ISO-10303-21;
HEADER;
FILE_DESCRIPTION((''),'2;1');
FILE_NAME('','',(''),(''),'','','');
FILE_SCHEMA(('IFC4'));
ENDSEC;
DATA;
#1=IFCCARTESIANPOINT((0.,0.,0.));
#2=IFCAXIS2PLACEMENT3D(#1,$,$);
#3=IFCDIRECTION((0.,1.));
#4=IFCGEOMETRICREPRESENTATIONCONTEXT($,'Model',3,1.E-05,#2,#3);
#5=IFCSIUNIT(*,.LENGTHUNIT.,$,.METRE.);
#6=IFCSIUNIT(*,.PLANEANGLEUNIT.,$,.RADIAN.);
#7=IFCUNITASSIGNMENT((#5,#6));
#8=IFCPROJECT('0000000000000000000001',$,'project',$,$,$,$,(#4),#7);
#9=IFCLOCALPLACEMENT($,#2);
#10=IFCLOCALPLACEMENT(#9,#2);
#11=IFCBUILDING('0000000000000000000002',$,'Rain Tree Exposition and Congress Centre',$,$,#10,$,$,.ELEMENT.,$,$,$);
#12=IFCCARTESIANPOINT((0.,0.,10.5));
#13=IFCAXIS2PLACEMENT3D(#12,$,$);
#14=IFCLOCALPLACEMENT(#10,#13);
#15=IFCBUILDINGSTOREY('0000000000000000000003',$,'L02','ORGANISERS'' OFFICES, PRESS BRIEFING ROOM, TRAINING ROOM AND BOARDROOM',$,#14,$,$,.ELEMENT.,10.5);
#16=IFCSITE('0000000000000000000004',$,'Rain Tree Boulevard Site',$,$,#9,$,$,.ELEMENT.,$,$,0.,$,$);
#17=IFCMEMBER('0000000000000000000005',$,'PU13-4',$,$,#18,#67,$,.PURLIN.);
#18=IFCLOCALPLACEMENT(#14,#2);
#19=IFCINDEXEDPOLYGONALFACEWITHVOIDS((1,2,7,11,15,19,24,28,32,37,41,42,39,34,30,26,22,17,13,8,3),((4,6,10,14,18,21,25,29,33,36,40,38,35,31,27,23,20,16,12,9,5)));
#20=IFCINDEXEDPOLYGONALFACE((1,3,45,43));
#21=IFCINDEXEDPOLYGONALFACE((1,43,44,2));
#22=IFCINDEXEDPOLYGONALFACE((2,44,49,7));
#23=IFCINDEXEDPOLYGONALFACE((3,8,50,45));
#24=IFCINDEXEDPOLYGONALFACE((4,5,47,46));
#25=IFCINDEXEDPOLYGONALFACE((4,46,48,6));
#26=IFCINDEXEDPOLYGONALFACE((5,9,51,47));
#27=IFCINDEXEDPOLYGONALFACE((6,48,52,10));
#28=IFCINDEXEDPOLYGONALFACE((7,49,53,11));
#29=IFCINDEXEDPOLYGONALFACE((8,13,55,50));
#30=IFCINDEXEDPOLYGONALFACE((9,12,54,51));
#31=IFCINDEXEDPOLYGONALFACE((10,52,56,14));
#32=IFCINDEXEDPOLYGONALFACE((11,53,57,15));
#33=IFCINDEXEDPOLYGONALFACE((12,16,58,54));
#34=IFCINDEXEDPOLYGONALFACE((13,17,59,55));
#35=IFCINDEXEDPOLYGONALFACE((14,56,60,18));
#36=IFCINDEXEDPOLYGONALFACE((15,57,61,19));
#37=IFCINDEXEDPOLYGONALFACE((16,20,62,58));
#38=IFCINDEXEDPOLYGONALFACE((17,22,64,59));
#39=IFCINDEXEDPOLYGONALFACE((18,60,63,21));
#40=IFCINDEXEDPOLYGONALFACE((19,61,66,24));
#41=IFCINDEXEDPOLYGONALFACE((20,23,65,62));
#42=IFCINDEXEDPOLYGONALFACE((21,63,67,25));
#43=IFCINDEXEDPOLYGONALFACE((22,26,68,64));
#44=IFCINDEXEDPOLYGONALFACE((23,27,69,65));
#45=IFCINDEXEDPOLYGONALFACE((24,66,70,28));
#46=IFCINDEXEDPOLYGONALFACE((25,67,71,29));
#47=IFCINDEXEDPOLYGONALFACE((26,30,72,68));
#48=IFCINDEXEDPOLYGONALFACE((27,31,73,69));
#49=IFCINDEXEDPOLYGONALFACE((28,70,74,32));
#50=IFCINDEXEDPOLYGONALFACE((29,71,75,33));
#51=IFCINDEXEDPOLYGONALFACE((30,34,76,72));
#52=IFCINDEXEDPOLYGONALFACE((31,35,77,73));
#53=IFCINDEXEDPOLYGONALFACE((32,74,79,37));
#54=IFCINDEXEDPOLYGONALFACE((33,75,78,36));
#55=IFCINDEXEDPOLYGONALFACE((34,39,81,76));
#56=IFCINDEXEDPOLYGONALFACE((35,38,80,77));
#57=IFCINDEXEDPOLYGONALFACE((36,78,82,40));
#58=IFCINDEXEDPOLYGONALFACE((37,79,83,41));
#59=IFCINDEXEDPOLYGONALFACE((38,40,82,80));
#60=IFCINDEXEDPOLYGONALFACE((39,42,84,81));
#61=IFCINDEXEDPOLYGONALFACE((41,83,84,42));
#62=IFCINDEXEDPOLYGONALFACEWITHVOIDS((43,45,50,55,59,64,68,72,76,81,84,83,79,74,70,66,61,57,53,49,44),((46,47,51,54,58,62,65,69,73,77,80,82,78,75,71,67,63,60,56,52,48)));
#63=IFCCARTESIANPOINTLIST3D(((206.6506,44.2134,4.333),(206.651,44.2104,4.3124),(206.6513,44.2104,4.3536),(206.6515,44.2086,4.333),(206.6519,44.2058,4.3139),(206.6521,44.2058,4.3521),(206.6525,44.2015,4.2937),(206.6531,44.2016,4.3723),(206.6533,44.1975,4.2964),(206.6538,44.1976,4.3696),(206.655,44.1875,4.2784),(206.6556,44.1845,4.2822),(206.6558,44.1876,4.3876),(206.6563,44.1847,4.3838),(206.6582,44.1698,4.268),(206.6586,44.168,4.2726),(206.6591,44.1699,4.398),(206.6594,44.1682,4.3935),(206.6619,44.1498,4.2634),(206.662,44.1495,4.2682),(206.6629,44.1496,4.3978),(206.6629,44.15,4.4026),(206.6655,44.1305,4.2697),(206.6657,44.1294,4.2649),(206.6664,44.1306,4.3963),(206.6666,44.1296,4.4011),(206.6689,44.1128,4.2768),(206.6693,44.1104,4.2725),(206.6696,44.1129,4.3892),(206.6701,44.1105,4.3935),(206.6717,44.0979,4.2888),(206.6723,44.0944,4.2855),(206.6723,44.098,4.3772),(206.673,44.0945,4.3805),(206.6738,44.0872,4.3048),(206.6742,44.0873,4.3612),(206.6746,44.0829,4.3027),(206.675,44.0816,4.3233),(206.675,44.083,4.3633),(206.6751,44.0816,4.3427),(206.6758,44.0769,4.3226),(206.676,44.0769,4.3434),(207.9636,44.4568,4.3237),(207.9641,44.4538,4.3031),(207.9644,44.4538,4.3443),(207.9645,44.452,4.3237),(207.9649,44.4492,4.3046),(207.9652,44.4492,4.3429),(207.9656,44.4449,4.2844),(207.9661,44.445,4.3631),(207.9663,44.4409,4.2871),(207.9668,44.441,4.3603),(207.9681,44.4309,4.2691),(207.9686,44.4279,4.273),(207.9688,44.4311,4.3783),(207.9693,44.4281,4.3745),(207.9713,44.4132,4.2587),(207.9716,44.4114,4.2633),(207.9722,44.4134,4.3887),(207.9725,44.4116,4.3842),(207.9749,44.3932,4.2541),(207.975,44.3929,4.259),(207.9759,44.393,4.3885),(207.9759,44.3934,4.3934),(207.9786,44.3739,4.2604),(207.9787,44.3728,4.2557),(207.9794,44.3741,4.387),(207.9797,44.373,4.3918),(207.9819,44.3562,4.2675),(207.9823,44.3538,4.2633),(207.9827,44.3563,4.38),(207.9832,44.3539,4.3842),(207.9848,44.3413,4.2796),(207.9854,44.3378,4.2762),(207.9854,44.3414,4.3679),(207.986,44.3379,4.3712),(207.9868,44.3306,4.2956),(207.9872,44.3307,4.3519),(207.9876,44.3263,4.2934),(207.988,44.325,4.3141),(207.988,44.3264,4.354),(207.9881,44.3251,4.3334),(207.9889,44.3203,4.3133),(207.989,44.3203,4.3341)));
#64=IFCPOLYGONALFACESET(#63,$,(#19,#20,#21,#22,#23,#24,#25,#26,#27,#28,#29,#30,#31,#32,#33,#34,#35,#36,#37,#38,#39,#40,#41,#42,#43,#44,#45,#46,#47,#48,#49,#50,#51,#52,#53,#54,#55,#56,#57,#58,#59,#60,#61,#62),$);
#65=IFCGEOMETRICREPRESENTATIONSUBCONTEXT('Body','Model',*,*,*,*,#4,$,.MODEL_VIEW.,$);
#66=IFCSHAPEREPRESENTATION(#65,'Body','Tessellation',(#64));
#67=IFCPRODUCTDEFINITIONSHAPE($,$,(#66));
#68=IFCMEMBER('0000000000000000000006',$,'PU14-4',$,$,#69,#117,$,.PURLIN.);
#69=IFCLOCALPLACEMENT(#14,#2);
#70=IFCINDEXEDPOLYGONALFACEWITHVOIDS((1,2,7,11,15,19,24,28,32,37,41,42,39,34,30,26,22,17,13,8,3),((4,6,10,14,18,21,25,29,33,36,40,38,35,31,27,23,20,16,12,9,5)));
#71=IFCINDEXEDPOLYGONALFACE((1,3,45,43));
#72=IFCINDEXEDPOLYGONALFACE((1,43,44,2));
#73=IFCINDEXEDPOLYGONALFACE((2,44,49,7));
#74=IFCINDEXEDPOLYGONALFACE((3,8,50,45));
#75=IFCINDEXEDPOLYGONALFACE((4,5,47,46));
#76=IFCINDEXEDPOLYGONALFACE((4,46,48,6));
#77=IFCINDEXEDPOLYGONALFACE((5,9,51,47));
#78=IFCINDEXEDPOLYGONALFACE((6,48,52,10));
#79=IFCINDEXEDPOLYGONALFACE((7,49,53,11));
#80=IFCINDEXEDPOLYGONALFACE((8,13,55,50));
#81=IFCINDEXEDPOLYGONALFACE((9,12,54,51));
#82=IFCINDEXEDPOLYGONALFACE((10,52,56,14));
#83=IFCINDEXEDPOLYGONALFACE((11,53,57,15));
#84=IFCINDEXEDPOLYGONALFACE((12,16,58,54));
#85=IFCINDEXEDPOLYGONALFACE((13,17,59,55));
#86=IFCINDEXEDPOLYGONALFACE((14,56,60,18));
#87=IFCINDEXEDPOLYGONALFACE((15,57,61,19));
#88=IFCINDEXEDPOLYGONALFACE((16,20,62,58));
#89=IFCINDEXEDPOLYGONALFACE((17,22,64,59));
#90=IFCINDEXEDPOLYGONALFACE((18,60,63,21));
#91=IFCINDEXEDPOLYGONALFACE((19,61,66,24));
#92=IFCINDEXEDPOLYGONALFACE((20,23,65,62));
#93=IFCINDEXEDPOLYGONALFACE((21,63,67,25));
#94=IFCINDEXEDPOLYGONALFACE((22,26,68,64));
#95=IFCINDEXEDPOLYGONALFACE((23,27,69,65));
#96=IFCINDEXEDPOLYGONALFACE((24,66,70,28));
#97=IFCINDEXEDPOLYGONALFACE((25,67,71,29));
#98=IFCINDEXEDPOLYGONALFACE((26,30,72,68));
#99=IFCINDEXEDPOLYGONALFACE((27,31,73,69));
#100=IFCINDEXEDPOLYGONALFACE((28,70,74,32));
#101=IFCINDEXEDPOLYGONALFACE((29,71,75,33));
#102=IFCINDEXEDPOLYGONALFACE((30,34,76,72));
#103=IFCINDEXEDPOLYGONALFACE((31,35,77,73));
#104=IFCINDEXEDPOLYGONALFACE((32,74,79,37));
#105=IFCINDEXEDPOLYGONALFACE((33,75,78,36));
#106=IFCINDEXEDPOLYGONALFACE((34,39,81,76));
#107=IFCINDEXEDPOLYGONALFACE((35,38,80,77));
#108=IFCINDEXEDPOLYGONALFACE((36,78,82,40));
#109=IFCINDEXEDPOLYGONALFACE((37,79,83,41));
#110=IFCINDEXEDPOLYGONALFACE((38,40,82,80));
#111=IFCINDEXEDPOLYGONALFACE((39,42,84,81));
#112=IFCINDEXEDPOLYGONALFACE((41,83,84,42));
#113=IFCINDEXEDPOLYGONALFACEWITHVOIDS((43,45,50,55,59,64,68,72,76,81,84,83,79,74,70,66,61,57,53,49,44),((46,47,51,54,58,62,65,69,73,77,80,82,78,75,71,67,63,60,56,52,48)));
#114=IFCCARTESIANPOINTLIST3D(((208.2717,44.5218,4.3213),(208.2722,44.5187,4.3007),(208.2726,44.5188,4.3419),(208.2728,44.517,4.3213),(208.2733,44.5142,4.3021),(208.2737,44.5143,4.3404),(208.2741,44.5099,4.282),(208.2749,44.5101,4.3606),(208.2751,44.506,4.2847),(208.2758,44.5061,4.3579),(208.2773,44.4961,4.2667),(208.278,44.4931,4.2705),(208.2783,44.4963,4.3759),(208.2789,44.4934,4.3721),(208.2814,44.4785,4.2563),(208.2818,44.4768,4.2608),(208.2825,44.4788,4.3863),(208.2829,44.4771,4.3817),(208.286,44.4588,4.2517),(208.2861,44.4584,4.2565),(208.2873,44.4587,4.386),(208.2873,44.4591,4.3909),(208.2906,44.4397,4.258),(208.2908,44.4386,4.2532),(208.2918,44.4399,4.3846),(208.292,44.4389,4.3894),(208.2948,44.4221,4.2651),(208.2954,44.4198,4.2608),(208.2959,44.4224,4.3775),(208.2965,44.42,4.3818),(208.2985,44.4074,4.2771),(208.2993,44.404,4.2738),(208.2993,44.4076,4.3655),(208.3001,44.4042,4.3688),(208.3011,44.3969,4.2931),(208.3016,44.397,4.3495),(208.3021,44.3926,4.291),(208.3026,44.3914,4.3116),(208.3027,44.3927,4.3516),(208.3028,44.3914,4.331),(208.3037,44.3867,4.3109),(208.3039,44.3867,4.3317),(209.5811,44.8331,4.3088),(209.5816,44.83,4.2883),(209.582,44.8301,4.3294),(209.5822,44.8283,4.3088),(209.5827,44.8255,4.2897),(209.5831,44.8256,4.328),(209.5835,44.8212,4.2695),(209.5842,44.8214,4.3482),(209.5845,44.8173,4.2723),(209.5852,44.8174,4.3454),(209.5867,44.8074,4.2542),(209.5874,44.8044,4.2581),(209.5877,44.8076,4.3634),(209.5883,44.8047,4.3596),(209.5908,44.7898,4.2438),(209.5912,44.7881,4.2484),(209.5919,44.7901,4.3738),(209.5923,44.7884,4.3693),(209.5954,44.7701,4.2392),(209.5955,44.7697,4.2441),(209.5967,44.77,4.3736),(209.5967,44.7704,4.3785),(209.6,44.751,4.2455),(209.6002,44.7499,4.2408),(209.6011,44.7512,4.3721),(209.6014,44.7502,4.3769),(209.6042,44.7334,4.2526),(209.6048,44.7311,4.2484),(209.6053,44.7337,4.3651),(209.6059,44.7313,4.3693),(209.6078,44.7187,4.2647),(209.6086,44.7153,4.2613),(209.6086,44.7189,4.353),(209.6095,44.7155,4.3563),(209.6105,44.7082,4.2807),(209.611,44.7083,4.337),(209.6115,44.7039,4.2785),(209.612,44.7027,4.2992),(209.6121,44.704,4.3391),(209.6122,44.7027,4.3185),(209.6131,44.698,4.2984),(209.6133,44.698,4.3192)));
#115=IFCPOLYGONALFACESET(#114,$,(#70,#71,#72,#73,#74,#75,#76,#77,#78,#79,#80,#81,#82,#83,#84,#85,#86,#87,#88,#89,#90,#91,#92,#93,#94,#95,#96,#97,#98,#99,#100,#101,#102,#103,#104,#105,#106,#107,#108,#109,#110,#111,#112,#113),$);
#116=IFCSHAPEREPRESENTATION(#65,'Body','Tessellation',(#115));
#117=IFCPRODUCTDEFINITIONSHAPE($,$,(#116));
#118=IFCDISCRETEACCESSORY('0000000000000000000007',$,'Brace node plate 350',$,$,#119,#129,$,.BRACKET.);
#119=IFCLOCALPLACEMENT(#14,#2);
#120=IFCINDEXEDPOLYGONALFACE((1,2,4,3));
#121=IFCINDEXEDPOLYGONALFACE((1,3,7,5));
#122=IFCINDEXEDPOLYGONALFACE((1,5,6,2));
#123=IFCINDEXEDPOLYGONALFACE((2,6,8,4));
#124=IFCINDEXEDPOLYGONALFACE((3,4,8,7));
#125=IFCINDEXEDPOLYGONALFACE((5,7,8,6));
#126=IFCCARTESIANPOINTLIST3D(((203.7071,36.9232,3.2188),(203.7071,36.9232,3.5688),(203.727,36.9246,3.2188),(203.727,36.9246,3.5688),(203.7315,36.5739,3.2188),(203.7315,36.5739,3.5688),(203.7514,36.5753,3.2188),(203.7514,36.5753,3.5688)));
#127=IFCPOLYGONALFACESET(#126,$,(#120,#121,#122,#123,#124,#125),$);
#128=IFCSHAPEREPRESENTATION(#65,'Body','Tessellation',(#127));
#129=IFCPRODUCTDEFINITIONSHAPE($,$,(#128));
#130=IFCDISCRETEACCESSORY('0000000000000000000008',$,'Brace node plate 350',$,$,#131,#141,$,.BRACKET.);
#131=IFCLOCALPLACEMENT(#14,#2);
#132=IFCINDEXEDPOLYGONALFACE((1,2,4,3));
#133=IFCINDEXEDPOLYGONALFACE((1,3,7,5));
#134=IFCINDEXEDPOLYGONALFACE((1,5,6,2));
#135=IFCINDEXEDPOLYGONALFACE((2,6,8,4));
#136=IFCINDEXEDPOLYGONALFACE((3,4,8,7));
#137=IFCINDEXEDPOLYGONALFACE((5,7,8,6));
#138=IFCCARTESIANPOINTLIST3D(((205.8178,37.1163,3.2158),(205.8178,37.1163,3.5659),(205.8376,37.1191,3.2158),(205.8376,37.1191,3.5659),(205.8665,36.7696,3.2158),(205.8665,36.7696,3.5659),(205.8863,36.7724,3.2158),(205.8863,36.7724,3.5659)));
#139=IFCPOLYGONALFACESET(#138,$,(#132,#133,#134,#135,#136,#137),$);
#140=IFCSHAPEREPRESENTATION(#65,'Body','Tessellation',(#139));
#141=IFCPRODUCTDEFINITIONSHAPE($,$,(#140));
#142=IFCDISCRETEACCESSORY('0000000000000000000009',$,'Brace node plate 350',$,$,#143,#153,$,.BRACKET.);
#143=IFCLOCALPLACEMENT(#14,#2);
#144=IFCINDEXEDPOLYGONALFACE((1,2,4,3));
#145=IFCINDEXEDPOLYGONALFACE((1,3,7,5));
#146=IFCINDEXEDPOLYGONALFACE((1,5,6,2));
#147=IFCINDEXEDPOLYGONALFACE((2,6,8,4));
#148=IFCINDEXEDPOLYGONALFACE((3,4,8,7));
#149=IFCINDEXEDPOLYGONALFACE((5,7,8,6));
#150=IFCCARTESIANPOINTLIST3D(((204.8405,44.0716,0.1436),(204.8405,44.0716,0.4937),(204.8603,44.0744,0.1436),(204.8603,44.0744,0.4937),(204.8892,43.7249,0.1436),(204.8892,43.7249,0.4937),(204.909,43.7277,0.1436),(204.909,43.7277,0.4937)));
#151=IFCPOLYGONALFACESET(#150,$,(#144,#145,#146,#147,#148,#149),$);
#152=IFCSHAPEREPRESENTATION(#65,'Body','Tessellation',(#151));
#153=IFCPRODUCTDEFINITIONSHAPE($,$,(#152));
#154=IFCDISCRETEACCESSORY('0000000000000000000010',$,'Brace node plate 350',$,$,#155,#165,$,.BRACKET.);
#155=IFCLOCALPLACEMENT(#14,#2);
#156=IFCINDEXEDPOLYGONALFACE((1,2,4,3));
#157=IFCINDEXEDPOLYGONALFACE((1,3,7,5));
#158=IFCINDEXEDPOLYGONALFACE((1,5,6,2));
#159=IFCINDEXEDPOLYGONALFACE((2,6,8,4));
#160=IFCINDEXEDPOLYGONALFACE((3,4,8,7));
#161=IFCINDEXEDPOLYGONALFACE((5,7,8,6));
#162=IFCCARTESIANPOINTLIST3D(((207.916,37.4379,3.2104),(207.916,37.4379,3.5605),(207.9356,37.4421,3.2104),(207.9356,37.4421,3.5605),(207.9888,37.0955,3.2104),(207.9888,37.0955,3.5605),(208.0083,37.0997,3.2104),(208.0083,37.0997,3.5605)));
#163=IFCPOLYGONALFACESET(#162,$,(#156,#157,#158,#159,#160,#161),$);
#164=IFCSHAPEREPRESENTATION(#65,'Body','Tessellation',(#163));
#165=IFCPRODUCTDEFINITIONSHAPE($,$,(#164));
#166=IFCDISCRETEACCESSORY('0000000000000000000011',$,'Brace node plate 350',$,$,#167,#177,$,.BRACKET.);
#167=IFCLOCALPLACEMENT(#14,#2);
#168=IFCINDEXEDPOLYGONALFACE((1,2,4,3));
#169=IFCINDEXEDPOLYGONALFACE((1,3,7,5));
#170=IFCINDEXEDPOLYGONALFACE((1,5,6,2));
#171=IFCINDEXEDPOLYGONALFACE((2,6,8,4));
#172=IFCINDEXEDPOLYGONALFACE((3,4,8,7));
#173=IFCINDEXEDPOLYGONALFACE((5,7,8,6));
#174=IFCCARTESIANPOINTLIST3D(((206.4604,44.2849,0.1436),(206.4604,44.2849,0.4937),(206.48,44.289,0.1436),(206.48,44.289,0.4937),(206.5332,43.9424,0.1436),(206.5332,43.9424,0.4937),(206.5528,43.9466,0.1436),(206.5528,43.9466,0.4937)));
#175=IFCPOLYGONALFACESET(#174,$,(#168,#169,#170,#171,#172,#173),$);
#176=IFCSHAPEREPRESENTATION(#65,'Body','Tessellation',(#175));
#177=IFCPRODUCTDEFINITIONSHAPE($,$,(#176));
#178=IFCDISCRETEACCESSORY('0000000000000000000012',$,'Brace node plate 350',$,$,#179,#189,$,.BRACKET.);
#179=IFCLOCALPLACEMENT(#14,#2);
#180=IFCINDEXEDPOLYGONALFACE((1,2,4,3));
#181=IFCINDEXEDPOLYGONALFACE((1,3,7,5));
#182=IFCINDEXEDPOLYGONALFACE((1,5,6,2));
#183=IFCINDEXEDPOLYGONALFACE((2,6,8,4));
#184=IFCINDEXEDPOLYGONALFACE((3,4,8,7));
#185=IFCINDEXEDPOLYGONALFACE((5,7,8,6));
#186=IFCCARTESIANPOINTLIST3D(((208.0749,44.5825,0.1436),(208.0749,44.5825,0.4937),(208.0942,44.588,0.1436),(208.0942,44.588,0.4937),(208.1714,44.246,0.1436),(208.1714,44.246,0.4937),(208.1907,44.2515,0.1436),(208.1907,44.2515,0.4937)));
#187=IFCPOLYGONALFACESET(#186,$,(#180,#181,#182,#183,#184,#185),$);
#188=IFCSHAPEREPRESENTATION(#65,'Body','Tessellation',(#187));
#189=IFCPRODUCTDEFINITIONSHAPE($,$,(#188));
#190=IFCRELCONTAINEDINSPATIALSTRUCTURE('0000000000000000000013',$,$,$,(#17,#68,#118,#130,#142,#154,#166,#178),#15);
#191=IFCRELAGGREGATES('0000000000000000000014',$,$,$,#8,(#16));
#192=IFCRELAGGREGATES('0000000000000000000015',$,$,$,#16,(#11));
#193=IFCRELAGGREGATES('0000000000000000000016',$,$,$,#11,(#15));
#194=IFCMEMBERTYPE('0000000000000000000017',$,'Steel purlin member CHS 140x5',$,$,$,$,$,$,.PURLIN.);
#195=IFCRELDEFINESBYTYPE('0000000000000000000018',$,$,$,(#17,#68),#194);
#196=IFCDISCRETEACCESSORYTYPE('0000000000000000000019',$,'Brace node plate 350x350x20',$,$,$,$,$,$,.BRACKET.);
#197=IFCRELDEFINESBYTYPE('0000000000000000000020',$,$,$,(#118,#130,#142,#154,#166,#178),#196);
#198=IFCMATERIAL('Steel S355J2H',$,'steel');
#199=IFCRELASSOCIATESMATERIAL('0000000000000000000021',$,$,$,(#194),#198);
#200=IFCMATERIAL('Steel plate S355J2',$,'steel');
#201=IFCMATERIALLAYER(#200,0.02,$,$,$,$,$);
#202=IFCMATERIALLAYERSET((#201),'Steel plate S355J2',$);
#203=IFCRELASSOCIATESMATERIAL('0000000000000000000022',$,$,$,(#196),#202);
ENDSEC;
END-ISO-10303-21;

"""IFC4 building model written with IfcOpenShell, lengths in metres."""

from ifc_helpers import new_model, si_unit, direction, frame, origin, origin_2d, place, context, subcontext, project, spatial, rectangle, hollow_circle, extrude, material, layer, layer_set, material_profile, profile_set, type_object, element, save


model = new_model("IFC4")

# Units and contexts
model_context = context("Model", 3, precision=1e-05, world=origin(), true_north=direction((0.0, 1.0)))
body_context = subcontext(model_context, "Body", "Model", "MODEL_VIEW")
ifc_project = project(units=[si_unit("LENGTHUNIT", "METRE"), si_unit("PLANEANGLEUNIT", "RADIAN")], contexts=[model_context])

# Site, building, storey
site_placement = place(None, origin())
site = spatial("IfcSite", under=ifc_project, at=site_placement, Name="Rain Tree Boulevard Site", CompositionType="ELEMENT", RefElevation=0.0)
building_placement = place(site_placement, origin())
building = spatial("IfcBuilding", under=site, at=building_placement, Name="Rain Tree Exposition and Congress Centre", CompositionType="ELEMENT")
storey_placement = place(building_placement, frame((0.0, 0.0, 10.5)))
storey = spatial("IfcBuildingStorey", under=building, at=storey_placement, Name="L02", Description="ORGANISERS' OFFICES, PRESS BRIEFING ROOM, TRAINING ROOM AND BOARDROOM", CompositionType="ELEMENT", Elevation=10.5)

# Members
ifc_material_1 = material(Name="Steel S355J2H", Category="steel")
ifc_material_profile_1 = material_profile(ifc_material_1, hollow_circle(Radius=0.0698, WallThickness=0.0049, at=origin_2d()), Name="CHS 140x5")
ifc_profile_set_1 = profile_set([ifc_material_profile_1], Name="Steel S355J2H")
member_type_1 = type_object("IfcMemberType", Name="Steel purlin member CHS 140x5", PredefinedType="PURLIN", material=ifc_profile_set_1)
member_1_placement = place(storey_placement, frame((206.6633, 44.1448, 4.333), z_axis=(0.983223, 0.182275, -0.006947), x_axis=(-0.182279, 0.983247, 0.0)))
element("IfcMember", 1, at=member_1_placement, inside=storey, type_object=member_type_1, Name="PU13-4", PredefinedType="PURLIN", context=body_context, shape_type="SweptSolid", body=[
    extrude(hollow_circle(Radius=0.0698, WallThickness=0.0049, at=origin_2d()), origin(), (0.0, 0.0, 1.0), 1.3354),
])
member_2_placement = place(storey_placement, frame((208.2878, 44.4539, 4.3213), z_axis=(0.972842, 0.231284, -0.009251), x_axis=(-0.231294, 0.972884, 0.0)))
element("IfcMember", 2, at=member_2_placement, inside=storey, type_object=member_type_1, Name="PU14-4", PredefinedType="PURLIN", context=body_context, shape_type="SweptSolid", body=[
    extrude(hollow_circle(Radius=0.0698, WallThickness=0.0049, at=origin_2d()), origin(), (0.0, 0.0, 1.0), 1.3459),
])

# Discrete accessories
ifc_material_2 = material(Name="Steel plate S355J2", Category="steel")
ifc_layer = layer(ifc_material_2, 0.02)
ifc_layer_set = layer_set([ifc_layer], Name="Steel plate S355J2")
discrete_accessory_type = type_object("IfcDiscreteAccessoryType", Name="Brace node plate 350x350x20", PredefinedType="BRACKET", material=ifc_layer_set)
for number, where, z_axis, x_axis, name in (
    (3, (203.7292, 36.7493, 3.2188), (0.0, 0.0, 1.0), (-0.069756, 0.997564, 0.0), "Brace node plate 350"),
    (4, (205.8521, 36.9443, 3.2158), (0.0, 0.0, 1.0), (-0.139173, 0.990268, 0.0), "Brace node plate 350"),
    (5, (204.8748, 43.8997, 0.1436), (0.0, 0.0, 1.0), (0.139173, -0.990268, 0.0), "Brace node plate 350"),
    (6, (207.9622, 37.2688, 3.2104), (0.0, 0.0, 1.0), (-0.207912, 0.978148, 0.0), "Brace node plate 350"),
    (7, (206.5066, 44.1157, 0.1436), (0.0, 0.0, 1.0), (0.207912, -0.978148, 0.0), "Brace node plate 350"),
    (8, (208.1328, 44.417, 0.1436), (0.0, 0.0, 1.0), (0.275637, -0.961262, 0.0), "Brace node plate 350"),
):
    element("IfcDiscreteAccessory", number, at=place(storey_placement, frame(where, z_axis=z_axis, x_axis=x_axis)), inside=storey, type_object=discrete_accessory_type, Name=name, PredefinedType="BRACKET", context=body_context, shape_type="SweptSolid", body=[
        extrude(rectangle(XDim=0.3501, YDim=0.02, at=origin_2d()), origin(), (0.0, 0.0, 1.0), 0.3501),
    ])

save(model, "model.ifc")
